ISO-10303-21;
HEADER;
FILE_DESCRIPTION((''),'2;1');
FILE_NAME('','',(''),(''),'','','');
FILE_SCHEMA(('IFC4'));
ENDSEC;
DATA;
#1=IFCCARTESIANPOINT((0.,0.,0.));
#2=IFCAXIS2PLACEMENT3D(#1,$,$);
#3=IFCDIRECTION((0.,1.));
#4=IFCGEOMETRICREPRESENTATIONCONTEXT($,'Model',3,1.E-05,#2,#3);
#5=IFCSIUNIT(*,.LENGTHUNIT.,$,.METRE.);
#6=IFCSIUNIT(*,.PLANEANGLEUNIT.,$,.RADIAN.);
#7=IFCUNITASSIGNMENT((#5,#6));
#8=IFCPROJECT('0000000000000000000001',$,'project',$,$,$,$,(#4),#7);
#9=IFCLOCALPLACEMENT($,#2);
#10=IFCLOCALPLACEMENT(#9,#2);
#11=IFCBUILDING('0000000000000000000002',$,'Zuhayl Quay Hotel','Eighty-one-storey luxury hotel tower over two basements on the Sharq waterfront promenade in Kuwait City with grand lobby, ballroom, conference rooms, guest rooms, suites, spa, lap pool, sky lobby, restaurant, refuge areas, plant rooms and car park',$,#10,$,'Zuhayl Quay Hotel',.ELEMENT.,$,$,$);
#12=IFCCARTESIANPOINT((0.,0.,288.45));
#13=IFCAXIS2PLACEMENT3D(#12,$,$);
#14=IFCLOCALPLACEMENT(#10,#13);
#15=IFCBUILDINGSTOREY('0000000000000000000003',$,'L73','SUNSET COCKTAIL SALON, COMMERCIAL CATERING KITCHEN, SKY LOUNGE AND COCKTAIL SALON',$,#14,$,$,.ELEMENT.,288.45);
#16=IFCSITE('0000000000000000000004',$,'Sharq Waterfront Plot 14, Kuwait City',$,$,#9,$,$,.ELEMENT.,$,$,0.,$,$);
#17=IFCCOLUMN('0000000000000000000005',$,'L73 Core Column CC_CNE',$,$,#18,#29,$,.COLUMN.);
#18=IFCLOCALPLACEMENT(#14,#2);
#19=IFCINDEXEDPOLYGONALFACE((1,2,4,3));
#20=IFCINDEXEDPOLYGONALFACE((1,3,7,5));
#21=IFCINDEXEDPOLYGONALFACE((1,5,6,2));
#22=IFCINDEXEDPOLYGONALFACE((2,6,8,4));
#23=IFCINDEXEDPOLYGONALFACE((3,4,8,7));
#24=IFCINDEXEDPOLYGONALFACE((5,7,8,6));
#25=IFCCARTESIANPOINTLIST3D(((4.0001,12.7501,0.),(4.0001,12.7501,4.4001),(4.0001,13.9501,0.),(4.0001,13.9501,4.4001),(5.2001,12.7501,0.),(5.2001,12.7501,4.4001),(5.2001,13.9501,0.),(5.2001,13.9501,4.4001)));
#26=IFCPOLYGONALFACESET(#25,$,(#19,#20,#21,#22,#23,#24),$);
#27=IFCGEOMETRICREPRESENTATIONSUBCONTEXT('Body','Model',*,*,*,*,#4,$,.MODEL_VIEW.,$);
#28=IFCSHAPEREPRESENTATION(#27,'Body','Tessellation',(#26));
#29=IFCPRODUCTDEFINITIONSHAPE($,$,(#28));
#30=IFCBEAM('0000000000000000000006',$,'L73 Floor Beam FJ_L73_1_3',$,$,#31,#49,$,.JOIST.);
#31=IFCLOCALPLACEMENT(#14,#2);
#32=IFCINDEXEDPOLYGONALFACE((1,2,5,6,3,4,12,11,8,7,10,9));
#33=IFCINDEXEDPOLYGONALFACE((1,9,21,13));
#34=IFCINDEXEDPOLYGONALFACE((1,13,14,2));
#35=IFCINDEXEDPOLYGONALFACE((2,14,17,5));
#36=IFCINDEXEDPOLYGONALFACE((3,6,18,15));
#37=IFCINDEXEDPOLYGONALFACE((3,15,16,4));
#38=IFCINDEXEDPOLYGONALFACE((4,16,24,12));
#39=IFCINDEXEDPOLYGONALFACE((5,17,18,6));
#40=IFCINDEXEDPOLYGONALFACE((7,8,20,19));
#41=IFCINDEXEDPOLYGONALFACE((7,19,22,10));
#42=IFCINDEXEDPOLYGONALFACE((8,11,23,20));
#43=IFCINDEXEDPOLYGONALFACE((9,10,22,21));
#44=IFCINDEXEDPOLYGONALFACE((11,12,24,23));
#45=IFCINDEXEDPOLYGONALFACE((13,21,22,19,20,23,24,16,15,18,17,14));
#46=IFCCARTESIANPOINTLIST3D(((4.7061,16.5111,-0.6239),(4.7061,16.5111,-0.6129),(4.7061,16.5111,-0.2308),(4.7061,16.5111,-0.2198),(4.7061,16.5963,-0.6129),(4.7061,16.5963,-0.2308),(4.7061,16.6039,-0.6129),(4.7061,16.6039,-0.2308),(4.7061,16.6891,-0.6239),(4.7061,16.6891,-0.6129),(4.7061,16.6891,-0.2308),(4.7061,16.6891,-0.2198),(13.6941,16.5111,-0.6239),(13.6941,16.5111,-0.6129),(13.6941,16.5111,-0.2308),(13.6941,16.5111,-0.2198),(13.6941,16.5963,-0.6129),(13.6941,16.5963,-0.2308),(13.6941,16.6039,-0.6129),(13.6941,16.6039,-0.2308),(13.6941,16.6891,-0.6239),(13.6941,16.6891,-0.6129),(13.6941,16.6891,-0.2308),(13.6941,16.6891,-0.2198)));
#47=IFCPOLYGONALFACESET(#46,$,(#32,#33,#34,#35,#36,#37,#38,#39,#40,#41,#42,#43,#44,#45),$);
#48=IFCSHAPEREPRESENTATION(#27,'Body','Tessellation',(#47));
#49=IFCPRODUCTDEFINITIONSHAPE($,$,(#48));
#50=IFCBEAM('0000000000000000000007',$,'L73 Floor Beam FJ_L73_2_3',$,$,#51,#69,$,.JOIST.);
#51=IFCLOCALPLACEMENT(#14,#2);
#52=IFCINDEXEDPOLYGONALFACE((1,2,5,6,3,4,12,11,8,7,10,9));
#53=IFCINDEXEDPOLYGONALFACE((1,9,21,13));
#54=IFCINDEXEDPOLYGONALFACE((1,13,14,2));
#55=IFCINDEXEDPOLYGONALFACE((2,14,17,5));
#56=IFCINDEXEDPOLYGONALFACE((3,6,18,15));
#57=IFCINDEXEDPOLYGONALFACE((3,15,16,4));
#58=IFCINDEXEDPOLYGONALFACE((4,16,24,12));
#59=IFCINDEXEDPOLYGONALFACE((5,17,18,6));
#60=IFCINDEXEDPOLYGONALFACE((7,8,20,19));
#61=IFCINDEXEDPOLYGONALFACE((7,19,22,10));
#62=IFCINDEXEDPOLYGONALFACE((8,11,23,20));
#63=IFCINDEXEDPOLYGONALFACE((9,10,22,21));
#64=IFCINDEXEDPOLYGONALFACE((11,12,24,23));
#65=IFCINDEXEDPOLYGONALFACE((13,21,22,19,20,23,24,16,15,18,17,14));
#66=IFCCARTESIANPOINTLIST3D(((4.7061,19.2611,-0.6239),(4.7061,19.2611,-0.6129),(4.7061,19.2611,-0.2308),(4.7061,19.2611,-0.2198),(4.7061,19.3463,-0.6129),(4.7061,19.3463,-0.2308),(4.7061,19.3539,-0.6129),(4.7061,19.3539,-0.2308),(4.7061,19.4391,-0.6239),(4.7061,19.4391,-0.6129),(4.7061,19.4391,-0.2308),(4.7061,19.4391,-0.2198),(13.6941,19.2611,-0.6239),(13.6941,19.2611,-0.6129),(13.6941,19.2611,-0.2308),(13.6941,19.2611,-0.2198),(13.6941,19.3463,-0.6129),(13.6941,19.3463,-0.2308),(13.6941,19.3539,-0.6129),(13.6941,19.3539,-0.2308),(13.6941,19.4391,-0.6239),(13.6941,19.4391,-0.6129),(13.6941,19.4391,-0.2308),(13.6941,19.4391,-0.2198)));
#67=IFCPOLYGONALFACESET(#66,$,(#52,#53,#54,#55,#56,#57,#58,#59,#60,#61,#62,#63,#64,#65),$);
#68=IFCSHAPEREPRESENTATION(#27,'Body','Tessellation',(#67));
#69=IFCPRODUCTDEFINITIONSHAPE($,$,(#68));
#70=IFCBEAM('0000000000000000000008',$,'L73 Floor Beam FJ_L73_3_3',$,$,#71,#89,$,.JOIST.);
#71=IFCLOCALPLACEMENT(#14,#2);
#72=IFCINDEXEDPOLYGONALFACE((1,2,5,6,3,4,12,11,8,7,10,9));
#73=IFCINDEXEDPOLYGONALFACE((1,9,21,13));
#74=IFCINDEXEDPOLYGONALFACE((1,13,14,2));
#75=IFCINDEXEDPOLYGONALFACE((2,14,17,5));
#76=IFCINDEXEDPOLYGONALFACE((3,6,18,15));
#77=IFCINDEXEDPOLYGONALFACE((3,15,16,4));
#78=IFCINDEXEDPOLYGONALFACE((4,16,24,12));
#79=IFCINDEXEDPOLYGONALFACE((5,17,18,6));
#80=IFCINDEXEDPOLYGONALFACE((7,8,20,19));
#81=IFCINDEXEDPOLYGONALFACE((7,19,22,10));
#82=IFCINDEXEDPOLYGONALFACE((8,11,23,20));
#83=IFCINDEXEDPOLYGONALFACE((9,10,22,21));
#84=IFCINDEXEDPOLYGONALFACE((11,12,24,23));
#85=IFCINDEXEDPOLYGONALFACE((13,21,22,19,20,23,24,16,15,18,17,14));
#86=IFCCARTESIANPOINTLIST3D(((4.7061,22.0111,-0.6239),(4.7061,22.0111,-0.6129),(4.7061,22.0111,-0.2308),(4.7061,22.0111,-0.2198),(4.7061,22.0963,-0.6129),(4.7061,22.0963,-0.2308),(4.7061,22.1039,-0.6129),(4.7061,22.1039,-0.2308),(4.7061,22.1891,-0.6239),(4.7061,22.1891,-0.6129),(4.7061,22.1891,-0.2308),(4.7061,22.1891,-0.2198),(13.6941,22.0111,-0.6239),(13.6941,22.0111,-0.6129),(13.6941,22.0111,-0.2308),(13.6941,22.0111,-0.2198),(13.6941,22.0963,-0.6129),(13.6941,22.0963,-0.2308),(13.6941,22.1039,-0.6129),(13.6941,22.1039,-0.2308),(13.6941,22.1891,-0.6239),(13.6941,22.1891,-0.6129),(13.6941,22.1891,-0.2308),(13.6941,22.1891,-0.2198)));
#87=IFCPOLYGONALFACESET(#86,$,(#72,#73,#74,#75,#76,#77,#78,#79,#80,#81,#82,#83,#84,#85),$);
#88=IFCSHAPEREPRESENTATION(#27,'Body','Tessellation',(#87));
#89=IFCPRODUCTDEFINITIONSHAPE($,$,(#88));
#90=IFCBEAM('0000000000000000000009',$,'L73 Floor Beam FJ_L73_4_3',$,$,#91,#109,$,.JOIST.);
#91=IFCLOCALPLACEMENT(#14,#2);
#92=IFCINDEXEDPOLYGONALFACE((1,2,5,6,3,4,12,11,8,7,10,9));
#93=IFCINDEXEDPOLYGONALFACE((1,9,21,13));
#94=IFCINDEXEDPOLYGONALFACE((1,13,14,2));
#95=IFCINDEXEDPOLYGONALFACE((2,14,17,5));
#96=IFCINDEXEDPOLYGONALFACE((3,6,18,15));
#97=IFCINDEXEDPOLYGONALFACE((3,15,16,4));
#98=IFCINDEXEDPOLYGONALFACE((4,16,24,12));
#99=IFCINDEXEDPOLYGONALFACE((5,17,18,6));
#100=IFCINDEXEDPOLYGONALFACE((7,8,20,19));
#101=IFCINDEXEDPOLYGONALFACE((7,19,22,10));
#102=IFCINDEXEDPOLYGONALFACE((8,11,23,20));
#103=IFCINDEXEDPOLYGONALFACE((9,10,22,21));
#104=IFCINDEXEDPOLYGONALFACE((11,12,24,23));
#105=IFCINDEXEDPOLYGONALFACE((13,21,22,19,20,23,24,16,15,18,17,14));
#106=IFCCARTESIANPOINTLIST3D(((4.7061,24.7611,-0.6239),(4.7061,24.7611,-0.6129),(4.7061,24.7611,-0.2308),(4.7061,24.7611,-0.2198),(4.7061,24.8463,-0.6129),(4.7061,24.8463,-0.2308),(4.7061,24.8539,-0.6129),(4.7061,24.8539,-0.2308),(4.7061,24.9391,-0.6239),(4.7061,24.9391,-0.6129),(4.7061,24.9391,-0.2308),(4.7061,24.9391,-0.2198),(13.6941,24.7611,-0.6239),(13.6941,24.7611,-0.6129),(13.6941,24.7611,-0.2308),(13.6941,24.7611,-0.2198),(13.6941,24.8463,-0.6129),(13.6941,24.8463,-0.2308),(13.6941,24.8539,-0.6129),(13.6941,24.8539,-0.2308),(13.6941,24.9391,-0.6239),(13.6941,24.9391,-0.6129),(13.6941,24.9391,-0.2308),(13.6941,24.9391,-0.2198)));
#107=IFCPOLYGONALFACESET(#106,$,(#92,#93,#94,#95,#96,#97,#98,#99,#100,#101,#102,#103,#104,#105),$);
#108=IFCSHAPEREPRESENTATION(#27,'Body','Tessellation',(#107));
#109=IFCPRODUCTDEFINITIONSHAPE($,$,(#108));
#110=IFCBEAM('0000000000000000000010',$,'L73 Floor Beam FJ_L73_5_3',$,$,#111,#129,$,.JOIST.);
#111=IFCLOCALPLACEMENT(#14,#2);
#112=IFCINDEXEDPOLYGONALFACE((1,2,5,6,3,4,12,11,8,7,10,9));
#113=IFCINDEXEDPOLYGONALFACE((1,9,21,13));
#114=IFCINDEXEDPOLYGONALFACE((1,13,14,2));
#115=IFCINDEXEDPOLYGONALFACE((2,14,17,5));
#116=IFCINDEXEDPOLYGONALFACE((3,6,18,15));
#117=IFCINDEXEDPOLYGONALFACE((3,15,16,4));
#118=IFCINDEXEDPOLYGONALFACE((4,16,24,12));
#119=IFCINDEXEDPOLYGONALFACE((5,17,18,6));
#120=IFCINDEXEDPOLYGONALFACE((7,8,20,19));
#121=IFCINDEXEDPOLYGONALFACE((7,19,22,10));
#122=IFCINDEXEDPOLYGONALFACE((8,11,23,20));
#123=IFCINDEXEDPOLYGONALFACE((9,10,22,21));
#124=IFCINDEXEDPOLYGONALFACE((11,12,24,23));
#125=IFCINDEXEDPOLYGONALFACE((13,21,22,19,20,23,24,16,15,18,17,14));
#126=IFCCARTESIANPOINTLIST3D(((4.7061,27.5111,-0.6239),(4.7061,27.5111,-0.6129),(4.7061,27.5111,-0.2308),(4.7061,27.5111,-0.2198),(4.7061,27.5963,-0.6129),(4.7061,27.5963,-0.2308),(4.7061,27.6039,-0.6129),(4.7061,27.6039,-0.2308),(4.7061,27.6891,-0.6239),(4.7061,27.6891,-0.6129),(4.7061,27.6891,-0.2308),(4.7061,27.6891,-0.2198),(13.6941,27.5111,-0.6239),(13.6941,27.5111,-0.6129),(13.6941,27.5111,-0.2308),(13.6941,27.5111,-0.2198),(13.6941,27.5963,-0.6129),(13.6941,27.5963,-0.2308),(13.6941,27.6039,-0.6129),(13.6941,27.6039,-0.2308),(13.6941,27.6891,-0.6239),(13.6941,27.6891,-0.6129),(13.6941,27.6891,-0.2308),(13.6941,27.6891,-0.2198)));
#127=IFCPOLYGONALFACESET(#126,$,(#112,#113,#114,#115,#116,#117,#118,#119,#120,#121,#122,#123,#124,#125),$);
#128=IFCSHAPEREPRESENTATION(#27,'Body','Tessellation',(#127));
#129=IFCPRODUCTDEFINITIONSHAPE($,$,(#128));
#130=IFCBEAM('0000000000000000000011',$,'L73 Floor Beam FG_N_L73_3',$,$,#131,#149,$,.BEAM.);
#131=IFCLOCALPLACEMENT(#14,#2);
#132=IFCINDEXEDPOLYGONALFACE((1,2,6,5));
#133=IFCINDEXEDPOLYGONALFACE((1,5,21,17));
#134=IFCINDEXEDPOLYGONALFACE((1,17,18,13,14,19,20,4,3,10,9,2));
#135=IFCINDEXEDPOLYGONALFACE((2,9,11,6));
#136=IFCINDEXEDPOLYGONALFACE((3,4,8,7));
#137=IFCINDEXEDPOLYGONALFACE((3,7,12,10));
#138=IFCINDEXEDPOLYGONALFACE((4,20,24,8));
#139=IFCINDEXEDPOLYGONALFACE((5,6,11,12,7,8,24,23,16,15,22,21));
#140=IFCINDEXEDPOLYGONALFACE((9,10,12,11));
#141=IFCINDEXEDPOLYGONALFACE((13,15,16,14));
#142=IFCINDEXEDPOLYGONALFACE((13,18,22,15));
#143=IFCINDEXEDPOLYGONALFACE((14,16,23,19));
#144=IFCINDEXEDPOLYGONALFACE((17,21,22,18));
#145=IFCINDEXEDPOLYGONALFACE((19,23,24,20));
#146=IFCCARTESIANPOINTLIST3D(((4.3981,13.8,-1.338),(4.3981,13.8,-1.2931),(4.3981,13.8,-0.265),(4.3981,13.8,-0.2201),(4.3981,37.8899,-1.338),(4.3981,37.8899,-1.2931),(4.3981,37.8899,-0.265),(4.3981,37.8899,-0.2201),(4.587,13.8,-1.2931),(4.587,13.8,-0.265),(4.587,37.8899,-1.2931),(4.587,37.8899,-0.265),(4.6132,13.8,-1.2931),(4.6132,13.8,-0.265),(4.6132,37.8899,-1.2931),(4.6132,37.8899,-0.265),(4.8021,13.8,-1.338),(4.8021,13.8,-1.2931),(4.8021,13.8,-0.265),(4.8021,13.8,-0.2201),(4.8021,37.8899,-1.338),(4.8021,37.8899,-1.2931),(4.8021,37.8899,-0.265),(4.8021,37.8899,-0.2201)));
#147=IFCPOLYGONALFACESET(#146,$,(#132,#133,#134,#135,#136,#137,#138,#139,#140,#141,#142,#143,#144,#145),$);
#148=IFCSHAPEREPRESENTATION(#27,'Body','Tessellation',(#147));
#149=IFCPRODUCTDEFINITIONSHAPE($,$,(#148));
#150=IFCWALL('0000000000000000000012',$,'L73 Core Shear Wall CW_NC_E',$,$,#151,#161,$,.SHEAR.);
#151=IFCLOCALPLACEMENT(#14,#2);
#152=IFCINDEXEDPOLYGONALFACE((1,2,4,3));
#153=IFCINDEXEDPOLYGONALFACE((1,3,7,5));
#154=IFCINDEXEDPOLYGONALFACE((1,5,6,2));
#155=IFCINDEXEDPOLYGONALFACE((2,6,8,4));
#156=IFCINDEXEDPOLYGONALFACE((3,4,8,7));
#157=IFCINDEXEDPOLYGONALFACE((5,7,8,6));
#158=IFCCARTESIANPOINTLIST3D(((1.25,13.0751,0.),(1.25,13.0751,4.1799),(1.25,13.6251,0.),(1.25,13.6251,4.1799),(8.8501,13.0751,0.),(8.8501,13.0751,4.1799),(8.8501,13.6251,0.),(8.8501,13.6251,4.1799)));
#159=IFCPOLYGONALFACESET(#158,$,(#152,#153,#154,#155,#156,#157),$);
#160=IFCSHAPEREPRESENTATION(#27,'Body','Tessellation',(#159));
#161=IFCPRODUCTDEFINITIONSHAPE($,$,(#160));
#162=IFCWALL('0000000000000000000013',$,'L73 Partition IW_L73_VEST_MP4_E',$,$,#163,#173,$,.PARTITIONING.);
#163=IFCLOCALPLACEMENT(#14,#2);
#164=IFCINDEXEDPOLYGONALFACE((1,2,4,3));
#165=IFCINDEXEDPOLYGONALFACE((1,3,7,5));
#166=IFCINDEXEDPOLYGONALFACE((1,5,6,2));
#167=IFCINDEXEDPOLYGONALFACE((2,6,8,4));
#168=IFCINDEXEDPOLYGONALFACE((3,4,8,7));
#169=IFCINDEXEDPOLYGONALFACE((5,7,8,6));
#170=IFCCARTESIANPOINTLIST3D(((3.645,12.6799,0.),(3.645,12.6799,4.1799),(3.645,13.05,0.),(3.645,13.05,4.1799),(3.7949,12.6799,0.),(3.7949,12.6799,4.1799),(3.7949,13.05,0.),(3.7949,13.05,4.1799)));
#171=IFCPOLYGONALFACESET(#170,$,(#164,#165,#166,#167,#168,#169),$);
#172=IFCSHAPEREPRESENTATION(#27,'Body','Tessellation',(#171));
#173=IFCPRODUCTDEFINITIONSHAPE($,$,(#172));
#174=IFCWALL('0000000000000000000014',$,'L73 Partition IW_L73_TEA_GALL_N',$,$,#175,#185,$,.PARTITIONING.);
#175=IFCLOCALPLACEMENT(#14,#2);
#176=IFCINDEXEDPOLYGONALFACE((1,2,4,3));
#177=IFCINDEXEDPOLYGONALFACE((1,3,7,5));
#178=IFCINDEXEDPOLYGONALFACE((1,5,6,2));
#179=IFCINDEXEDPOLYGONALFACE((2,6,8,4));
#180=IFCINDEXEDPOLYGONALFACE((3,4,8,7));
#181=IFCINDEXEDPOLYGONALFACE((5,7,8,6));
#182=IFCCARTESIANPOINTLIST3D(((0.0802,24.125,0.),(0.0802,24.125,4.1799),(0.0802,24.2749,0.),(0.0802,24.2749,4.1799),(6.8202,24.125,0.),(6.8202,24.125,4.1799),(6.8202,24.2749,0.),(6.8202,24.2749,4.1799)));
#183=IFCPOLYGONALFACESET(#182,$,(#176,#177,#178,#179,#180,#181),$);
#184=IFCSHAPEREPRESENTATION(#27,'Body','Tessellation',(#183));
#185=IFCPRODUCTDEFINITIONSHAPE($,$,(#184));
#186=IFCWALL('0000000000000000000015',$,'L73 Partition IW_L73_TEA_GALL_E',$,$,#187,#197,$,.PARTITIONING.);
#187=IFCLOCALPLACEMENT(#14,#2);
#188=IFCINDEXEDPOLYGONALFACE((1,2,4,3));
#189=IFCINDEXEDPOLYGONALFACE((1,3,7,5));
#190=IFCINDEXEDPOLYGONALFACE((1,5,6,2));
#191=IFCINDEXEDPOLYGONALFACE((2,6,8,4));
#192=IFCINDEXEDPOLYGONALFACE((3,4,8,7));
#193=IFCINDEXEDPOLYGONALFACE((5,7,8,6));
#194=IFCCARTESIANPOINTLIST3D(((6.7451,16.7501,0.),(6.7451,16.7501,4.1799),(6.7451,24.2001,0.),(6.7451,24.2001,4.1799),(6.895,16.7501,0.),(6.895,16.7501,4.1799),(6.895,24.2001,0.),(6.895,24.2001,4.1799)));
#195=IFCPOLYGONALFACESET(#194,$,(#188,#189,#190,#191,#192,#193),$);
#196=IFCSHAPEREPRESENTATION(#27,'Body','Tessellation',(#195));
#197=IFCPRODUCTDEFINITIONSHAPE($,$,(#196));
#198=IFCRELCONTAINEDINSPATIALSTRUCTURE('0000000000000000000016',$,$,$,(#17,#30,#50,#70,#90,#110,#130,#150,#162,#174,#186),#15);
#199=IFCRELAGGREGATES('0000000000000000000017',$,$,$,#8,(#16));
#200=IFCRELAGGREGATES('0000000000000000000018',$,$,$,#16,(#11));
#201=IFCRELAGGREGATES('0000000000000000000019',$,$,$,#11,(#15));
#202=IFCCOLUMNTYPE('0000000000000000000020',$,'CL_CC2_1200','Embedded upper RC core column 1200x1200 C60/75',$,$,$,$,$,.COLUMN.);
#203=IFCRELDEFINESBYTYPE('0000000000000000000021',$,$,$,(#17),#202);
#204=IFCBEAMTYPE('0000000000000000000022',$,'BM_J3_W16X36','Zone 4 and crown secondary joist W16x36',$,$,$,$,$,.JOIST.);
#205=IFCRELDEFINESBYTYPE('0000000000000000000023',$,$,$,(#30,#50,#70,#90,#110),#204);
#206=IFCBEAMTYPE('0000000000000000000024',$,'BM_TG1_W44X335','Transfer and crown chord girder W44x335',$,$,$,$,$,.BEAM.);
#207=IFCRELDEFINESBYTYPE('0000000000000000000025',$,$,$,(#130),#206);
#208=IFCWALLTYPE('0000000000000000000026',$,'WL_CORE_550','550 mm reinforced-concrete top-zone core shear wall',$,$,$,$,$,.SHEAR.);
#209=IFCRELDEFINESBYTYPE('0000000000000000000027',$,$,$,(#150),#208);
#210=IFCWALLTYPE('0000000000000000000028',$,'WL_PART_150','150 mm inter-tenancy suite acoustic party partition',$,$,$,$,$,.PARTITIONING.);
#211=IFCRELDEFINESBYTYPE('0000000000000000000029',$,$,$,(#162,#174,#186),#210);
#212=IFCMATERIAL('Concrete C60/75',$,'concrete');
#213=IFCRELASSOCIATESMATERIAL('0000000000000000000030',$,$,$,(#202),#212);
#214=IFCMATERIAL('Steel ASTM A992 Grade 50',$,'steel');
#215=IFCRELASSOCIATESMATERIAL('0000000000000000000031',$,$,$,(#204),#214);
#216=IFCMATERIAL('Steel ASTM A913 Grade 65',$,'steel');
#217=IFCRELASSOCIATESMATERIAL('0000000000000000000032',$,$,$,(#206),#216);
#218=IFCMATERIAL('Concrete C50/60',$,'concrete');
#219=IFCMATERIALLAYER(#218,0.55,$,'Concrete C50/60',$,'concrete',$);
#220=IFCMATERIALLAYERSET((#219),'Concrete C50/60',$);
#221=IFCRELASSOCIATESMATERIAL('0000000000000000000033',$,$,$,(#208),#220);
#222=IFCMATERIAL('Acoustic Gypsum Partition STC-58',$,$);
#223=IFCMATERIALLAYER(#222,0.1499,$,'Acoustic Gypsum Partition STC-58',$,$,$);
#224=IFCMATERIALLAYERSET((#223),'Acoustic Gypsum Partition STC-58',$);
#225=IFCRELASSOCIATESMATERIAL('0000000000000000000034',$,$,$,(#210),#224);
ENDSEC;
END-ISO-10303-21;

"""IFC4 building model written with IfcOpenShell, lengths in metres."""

from ifc_helpers import new_model, si_unit, direction, frame, frame_2d, origin, origin_2d, place, context, subcontext, project, spatial, rectangle, i_section, extrude, material, layer, layer_set, material_profile, profile_set, type_object, element, save


model = new_model("IFC4")

# Units and contexts
model_context = context("Model", 3, precision=1e-05, world=origin(), true_north=direction((0.0, 1.0)))
body_context = subcontext(model_context, "Body", "Model", "MODEL_VIEW")
ifc_project = project(units=[si_unit("LENGTHUNIT", "METRE"), si_unit("PLANEANGLEUNIT", "RADIAN")], contexts=[model_context])

# Site, building, storey
site_placement = place(None, origin())
site = spatial("IfcSite", under=ifc_project, at=site_placement, Name="Sharq Waterfront Plot 14, Kuwait City", CompositionType="ELEMENT", RefElevation=0.0)
building_placement = place(site_placement, origin())
building = spatial("IfcBuilding", under=site, at=building_placement, Name="Zuhayl Quay Hotel", Description="Eighty-one-storey luxury hotel tower over two basements on the Sharq waterfront promenade in Kuwait City with grand lobby, ballroom, conference rooms, guest rooms, suites, spa, lap pool, sky lobby, restaurant, refuge areas, plant rooms and car park", LongName="Zuhayl Quay Hotel", CompositionType="ELEMENT")
storey_placement = place(building_placement, frame((0.0, 0.0, 288.45)))
storey = spatial("IfcBuildingStorey", under=building, at=storey_placement, Name="L73", Description="SUNSET COCKTAIL SALON, COMMERCIAL CATERING KITCHEN, SKY LOUNGE AND COCKTAIL SALON", CompositionType="ELEMENT", Elevation=288.45)

# Column
ifc_material_1 = material(Name="Concrete C60/75", Category="concrete")
ifc_material_profile_1 = material_profile(ifc_material_1, rectangle(XDim=1.2, YDim=1.2, at=origin_2d()), Name="RC1200X1200")
ifc_profile_set_1 = profile_set([ifc_material_profile_1], Name="Concrete C60/75")
column_type = type_object("IfcColumnType", Name="CL_CC2_1200", Description="Embedded upper RC core column 1200x1200 C60/75", PredefinedType="COLUMN", material=ifc_profile_set_1)
column_placement = place(storey_placement, frame((4.6001, 13.3501, 0.0), z_axis=(0.0, 0.0, 1.0), x_axis=(1.0, 0.0, 0.0)))
element("IfcColumn", 1, at=column_placement, inside=storey, type_object=column_type, Name="L73 Core Column CC_CNE", PredefinedType="COLUMN", context=body_context, shape_type="SweptSolid", body=[
    extrude(rectangle(XDim=1.2, YDim=1.2, at=origin_2d()), origin(), (0.0, 0.0, 1.0), 4.4001),
])

# Beams
ifc_material_2 = material(Name="Steel ASTM A992 Grade 50", Category="steel")
ifc_material_profile_2 = material_profile(ifc_material_2, i_section(OverallWidth=0.178, OverallDepth=0.4041, WebThickness=0.0076, FlangeThickness=0.011, at=origin_2d()), Name="W16X36")
ifc_profile_set_2 = profile_set([ifc_material_profile_2], Name="Steel ASTM A992 Grade 50")
beam_type_1 = type_object("IfcBeamType", Name="BM_J3_W16X36", Description="Zone 4 and crown secondary joist W16x36", PredefinedType="JOIST", material=ifc_profile_set_2)
for number, where, z_axis, x_axis, name in (
    (2, (4.7061, 16.6001, -0.4219), (1.0, 0.0, 0.0), (0.0, 1.0, 0.0), "L73 Floor Beam FJ_L73_1_3"),
    (3, (4.7061, 19.3501, -0.4219), (1.0, 0.0, 0.0), (0.0, 1.0, 0.0), "L73 Floor Beam FJ_L73_2_3"),
    (4, (4.7061, 22.1001, -0.4219), (1.0, 0.0, 0.0), (0.0, 1.0, 0.0), "L73 Floor Beam FJ_L73_3_3"),
    (5, (4.7061, 24.8501, -0.4219), (1.0, 0.0, 0.0), (0.0, 1.0, 0.0), "L73 Floor Beam FJ_L73_4_3"),
    (6, (4.7061, 27.6001, -0.4219), (1.0, 0.0, 0.0), (0.0, 1.0, 0.0), "L73 Floor Beam FJ_L73_5_3"),
):
    element("IfcBeam", number, at=place(storey_placement, frame(where, z_axis=z_axis, x_axis=x_axis)), inside=storey, type_object=beam_type_1, Name=name, PredefinedType="JOIST", context=body_context, shape_type="SweptSolid", body=[
        extrude(i_section(OverallWidth=0.178, OverallDepth=0.4041, WebThickness=0.0076, FlangeThickness=0.011, at=origin_2d()), origin(), (0.0, 0.0, 1.0), 8.988),
    ])
ifc_material_3 = material(Name="Steel ASTM A913 Grade 65", Category="steel")
ifc_material_profile_3 = material_profile(ifc_material_3, i_section(OverallWidth=0.4041, OverallDepth=1.1179, WebThickness=0.0261, FlangeThickness=0.0449, at=origin_2d()), Name="W44X335")
ifc_profile_set_3 = profile_set([ifc_material_profile_3], Name="Steel ASTM A913 Grade 65")
beam_type_2 = type_object("IfcBeamType", Name="BM_TG1_W44X335", Description="Transfer and crown chord girder W44x335", PredefinedType="BEAM", material=ifc_profile_set_3)
beam_placement = place(storey_placement, frame((4.6001, 13.8, -0.7791), z_axis=(0.0, 1.0, 0.0), x_axis=(-1.0, 0.0, 0.0)))
element("IfcBeam", 7, at=beam_placement, inside=storey, type_object=beam_type_2, Name="L73 Floor Beam FG_N_L73_3", PredefinedType="BEAM", context=body_context, shape_type="SweptSolid", body=[
    extrude(i_section(OverallWidth=0.4041, OverallDepth=1.1179, WebThickness=0.0261, FlangeThickness=0.0449, at=origin_2d()), origin(), (0.0, 0.0, 1.0), 24.0898),
])

# Walls
ifc_material_4 = material(Name="Concrete C50/60", Category="concrete")
ifc_layer_1 = layer(ifc_material_4, 0.55, Name="Concrete C50/60", Category="concrete")
ifc_layer_set_1 = layer_set([ifc_layer_1], Name="Concrete C50/60")
wall_type_1 = type_object("IfcWallType", Name="WL_CORE_550", Description="550 mm reinforced-concrete top-zone core shear wall", PredefinedType="SHEAR", material=ifc_layer_set_1)
wall_1_placement = place(storey_placement, frame((1.25, 13.3501, 0.0), z_axis=(0.0, 0.0, 1.0), x_axis=(1.0, 0.0, 0.0)))
element("IfcWall", 8, at=wall_1_placement, inside=storey, type_object=wall_type_1, Name="L73 Core Shear Wall CW_NC_E", PredefinedType="SHEAR", context=body_context, shape_type="SweptSolid", body=[
    extrude(rectangle(XDim=7.6001, YDim=0.55, at=frame_2d((3.8, 0.0))), origin(), (0.0, 0.0, 1.0), 4.1799),
])
ifc_material_5 = material(Name="Acoustic Gypsum Partition STC-58")
ifc_layer_2 = layer(ifc_material_5, 0.1499, Name="Acoustic Gypsum Partition STC-58")
ifc_layer_set_2 = layer_set([ifc_layer_2], Name="Acoustic Gypsum Partition STC-58")
wall_type_2 = type_object("IfcWallType", Name="WL_PART_150", Description="150 mm inter-tenancy suite acoustic party partition", PredefinedType="PARTITIONING", material=ifc_layer_set_2)
wall_2_placement = place(storey_placement, frame((3.72, 12.6799, 0.0), z_axis=(0.0, 0.0, 1.0), x_axis=(0.0, 1.0, 0.0)))
element("IfcWall", 9, at=wall_2_placement, inside=storey, type_object=wall_type_2, Name="L73 Partition IW_L73_VEST_MP4_E", PredefinedType="PARTITIONING", context=body_context, shape_type="SweptSolid", body=[
    extrude(rectangle(XDim=0.3701, YDim=0.1499, at=frame_2d((0.1851, 0.0))), origin(), (0.0, 0.0, 1.0), 4.1799),
])
wall_3_placement = place(storey_placement, frame((0.0801, 24.2, 0.0), z_axis=(0.0, 0.0, 1.0), x_axis=(1.0, 0.0, 0.0)))
element("IfcWall", 10, at=wall_3_placement, inside=storey, type_object=wall_type_2, Name="L73 Partition IW_L73_TEA_GALL_N", PredefinedType="PARTITIONING", context=body_context, shape_type="SweptSolid", body=[
    extrude(rectangle(XDim=6.74, YDim=0.1499, at=frame_2d((3.3701, 0.0))), origin(), (0.0, 0.0, 1.0), 4.1799),
])
wall_4_placement = place(storey_placement, frame((6.8201, 16.75, 0.0), z_axis=(0.0, 0.0, 1.0), x_axis=(0.0, 1.0, 0.0)))
element("IfcWall", 11, at=wall_4_placement, inside=storey, type_object=wall_type_2, Name="L73 Partition IW_L73_TEA_GALL_E", PredefinedType="PARTITIONING", context=body_context, shape_type="SweptSolid", body=[
    extrude(rectangle(XDim=7.45, YDim=0.1499, at=frame_2d((3.7251, 0.0))), origin(), (0.0, 0.0, 1.0), 4.1799),
])

save(model, "model.ifc")
